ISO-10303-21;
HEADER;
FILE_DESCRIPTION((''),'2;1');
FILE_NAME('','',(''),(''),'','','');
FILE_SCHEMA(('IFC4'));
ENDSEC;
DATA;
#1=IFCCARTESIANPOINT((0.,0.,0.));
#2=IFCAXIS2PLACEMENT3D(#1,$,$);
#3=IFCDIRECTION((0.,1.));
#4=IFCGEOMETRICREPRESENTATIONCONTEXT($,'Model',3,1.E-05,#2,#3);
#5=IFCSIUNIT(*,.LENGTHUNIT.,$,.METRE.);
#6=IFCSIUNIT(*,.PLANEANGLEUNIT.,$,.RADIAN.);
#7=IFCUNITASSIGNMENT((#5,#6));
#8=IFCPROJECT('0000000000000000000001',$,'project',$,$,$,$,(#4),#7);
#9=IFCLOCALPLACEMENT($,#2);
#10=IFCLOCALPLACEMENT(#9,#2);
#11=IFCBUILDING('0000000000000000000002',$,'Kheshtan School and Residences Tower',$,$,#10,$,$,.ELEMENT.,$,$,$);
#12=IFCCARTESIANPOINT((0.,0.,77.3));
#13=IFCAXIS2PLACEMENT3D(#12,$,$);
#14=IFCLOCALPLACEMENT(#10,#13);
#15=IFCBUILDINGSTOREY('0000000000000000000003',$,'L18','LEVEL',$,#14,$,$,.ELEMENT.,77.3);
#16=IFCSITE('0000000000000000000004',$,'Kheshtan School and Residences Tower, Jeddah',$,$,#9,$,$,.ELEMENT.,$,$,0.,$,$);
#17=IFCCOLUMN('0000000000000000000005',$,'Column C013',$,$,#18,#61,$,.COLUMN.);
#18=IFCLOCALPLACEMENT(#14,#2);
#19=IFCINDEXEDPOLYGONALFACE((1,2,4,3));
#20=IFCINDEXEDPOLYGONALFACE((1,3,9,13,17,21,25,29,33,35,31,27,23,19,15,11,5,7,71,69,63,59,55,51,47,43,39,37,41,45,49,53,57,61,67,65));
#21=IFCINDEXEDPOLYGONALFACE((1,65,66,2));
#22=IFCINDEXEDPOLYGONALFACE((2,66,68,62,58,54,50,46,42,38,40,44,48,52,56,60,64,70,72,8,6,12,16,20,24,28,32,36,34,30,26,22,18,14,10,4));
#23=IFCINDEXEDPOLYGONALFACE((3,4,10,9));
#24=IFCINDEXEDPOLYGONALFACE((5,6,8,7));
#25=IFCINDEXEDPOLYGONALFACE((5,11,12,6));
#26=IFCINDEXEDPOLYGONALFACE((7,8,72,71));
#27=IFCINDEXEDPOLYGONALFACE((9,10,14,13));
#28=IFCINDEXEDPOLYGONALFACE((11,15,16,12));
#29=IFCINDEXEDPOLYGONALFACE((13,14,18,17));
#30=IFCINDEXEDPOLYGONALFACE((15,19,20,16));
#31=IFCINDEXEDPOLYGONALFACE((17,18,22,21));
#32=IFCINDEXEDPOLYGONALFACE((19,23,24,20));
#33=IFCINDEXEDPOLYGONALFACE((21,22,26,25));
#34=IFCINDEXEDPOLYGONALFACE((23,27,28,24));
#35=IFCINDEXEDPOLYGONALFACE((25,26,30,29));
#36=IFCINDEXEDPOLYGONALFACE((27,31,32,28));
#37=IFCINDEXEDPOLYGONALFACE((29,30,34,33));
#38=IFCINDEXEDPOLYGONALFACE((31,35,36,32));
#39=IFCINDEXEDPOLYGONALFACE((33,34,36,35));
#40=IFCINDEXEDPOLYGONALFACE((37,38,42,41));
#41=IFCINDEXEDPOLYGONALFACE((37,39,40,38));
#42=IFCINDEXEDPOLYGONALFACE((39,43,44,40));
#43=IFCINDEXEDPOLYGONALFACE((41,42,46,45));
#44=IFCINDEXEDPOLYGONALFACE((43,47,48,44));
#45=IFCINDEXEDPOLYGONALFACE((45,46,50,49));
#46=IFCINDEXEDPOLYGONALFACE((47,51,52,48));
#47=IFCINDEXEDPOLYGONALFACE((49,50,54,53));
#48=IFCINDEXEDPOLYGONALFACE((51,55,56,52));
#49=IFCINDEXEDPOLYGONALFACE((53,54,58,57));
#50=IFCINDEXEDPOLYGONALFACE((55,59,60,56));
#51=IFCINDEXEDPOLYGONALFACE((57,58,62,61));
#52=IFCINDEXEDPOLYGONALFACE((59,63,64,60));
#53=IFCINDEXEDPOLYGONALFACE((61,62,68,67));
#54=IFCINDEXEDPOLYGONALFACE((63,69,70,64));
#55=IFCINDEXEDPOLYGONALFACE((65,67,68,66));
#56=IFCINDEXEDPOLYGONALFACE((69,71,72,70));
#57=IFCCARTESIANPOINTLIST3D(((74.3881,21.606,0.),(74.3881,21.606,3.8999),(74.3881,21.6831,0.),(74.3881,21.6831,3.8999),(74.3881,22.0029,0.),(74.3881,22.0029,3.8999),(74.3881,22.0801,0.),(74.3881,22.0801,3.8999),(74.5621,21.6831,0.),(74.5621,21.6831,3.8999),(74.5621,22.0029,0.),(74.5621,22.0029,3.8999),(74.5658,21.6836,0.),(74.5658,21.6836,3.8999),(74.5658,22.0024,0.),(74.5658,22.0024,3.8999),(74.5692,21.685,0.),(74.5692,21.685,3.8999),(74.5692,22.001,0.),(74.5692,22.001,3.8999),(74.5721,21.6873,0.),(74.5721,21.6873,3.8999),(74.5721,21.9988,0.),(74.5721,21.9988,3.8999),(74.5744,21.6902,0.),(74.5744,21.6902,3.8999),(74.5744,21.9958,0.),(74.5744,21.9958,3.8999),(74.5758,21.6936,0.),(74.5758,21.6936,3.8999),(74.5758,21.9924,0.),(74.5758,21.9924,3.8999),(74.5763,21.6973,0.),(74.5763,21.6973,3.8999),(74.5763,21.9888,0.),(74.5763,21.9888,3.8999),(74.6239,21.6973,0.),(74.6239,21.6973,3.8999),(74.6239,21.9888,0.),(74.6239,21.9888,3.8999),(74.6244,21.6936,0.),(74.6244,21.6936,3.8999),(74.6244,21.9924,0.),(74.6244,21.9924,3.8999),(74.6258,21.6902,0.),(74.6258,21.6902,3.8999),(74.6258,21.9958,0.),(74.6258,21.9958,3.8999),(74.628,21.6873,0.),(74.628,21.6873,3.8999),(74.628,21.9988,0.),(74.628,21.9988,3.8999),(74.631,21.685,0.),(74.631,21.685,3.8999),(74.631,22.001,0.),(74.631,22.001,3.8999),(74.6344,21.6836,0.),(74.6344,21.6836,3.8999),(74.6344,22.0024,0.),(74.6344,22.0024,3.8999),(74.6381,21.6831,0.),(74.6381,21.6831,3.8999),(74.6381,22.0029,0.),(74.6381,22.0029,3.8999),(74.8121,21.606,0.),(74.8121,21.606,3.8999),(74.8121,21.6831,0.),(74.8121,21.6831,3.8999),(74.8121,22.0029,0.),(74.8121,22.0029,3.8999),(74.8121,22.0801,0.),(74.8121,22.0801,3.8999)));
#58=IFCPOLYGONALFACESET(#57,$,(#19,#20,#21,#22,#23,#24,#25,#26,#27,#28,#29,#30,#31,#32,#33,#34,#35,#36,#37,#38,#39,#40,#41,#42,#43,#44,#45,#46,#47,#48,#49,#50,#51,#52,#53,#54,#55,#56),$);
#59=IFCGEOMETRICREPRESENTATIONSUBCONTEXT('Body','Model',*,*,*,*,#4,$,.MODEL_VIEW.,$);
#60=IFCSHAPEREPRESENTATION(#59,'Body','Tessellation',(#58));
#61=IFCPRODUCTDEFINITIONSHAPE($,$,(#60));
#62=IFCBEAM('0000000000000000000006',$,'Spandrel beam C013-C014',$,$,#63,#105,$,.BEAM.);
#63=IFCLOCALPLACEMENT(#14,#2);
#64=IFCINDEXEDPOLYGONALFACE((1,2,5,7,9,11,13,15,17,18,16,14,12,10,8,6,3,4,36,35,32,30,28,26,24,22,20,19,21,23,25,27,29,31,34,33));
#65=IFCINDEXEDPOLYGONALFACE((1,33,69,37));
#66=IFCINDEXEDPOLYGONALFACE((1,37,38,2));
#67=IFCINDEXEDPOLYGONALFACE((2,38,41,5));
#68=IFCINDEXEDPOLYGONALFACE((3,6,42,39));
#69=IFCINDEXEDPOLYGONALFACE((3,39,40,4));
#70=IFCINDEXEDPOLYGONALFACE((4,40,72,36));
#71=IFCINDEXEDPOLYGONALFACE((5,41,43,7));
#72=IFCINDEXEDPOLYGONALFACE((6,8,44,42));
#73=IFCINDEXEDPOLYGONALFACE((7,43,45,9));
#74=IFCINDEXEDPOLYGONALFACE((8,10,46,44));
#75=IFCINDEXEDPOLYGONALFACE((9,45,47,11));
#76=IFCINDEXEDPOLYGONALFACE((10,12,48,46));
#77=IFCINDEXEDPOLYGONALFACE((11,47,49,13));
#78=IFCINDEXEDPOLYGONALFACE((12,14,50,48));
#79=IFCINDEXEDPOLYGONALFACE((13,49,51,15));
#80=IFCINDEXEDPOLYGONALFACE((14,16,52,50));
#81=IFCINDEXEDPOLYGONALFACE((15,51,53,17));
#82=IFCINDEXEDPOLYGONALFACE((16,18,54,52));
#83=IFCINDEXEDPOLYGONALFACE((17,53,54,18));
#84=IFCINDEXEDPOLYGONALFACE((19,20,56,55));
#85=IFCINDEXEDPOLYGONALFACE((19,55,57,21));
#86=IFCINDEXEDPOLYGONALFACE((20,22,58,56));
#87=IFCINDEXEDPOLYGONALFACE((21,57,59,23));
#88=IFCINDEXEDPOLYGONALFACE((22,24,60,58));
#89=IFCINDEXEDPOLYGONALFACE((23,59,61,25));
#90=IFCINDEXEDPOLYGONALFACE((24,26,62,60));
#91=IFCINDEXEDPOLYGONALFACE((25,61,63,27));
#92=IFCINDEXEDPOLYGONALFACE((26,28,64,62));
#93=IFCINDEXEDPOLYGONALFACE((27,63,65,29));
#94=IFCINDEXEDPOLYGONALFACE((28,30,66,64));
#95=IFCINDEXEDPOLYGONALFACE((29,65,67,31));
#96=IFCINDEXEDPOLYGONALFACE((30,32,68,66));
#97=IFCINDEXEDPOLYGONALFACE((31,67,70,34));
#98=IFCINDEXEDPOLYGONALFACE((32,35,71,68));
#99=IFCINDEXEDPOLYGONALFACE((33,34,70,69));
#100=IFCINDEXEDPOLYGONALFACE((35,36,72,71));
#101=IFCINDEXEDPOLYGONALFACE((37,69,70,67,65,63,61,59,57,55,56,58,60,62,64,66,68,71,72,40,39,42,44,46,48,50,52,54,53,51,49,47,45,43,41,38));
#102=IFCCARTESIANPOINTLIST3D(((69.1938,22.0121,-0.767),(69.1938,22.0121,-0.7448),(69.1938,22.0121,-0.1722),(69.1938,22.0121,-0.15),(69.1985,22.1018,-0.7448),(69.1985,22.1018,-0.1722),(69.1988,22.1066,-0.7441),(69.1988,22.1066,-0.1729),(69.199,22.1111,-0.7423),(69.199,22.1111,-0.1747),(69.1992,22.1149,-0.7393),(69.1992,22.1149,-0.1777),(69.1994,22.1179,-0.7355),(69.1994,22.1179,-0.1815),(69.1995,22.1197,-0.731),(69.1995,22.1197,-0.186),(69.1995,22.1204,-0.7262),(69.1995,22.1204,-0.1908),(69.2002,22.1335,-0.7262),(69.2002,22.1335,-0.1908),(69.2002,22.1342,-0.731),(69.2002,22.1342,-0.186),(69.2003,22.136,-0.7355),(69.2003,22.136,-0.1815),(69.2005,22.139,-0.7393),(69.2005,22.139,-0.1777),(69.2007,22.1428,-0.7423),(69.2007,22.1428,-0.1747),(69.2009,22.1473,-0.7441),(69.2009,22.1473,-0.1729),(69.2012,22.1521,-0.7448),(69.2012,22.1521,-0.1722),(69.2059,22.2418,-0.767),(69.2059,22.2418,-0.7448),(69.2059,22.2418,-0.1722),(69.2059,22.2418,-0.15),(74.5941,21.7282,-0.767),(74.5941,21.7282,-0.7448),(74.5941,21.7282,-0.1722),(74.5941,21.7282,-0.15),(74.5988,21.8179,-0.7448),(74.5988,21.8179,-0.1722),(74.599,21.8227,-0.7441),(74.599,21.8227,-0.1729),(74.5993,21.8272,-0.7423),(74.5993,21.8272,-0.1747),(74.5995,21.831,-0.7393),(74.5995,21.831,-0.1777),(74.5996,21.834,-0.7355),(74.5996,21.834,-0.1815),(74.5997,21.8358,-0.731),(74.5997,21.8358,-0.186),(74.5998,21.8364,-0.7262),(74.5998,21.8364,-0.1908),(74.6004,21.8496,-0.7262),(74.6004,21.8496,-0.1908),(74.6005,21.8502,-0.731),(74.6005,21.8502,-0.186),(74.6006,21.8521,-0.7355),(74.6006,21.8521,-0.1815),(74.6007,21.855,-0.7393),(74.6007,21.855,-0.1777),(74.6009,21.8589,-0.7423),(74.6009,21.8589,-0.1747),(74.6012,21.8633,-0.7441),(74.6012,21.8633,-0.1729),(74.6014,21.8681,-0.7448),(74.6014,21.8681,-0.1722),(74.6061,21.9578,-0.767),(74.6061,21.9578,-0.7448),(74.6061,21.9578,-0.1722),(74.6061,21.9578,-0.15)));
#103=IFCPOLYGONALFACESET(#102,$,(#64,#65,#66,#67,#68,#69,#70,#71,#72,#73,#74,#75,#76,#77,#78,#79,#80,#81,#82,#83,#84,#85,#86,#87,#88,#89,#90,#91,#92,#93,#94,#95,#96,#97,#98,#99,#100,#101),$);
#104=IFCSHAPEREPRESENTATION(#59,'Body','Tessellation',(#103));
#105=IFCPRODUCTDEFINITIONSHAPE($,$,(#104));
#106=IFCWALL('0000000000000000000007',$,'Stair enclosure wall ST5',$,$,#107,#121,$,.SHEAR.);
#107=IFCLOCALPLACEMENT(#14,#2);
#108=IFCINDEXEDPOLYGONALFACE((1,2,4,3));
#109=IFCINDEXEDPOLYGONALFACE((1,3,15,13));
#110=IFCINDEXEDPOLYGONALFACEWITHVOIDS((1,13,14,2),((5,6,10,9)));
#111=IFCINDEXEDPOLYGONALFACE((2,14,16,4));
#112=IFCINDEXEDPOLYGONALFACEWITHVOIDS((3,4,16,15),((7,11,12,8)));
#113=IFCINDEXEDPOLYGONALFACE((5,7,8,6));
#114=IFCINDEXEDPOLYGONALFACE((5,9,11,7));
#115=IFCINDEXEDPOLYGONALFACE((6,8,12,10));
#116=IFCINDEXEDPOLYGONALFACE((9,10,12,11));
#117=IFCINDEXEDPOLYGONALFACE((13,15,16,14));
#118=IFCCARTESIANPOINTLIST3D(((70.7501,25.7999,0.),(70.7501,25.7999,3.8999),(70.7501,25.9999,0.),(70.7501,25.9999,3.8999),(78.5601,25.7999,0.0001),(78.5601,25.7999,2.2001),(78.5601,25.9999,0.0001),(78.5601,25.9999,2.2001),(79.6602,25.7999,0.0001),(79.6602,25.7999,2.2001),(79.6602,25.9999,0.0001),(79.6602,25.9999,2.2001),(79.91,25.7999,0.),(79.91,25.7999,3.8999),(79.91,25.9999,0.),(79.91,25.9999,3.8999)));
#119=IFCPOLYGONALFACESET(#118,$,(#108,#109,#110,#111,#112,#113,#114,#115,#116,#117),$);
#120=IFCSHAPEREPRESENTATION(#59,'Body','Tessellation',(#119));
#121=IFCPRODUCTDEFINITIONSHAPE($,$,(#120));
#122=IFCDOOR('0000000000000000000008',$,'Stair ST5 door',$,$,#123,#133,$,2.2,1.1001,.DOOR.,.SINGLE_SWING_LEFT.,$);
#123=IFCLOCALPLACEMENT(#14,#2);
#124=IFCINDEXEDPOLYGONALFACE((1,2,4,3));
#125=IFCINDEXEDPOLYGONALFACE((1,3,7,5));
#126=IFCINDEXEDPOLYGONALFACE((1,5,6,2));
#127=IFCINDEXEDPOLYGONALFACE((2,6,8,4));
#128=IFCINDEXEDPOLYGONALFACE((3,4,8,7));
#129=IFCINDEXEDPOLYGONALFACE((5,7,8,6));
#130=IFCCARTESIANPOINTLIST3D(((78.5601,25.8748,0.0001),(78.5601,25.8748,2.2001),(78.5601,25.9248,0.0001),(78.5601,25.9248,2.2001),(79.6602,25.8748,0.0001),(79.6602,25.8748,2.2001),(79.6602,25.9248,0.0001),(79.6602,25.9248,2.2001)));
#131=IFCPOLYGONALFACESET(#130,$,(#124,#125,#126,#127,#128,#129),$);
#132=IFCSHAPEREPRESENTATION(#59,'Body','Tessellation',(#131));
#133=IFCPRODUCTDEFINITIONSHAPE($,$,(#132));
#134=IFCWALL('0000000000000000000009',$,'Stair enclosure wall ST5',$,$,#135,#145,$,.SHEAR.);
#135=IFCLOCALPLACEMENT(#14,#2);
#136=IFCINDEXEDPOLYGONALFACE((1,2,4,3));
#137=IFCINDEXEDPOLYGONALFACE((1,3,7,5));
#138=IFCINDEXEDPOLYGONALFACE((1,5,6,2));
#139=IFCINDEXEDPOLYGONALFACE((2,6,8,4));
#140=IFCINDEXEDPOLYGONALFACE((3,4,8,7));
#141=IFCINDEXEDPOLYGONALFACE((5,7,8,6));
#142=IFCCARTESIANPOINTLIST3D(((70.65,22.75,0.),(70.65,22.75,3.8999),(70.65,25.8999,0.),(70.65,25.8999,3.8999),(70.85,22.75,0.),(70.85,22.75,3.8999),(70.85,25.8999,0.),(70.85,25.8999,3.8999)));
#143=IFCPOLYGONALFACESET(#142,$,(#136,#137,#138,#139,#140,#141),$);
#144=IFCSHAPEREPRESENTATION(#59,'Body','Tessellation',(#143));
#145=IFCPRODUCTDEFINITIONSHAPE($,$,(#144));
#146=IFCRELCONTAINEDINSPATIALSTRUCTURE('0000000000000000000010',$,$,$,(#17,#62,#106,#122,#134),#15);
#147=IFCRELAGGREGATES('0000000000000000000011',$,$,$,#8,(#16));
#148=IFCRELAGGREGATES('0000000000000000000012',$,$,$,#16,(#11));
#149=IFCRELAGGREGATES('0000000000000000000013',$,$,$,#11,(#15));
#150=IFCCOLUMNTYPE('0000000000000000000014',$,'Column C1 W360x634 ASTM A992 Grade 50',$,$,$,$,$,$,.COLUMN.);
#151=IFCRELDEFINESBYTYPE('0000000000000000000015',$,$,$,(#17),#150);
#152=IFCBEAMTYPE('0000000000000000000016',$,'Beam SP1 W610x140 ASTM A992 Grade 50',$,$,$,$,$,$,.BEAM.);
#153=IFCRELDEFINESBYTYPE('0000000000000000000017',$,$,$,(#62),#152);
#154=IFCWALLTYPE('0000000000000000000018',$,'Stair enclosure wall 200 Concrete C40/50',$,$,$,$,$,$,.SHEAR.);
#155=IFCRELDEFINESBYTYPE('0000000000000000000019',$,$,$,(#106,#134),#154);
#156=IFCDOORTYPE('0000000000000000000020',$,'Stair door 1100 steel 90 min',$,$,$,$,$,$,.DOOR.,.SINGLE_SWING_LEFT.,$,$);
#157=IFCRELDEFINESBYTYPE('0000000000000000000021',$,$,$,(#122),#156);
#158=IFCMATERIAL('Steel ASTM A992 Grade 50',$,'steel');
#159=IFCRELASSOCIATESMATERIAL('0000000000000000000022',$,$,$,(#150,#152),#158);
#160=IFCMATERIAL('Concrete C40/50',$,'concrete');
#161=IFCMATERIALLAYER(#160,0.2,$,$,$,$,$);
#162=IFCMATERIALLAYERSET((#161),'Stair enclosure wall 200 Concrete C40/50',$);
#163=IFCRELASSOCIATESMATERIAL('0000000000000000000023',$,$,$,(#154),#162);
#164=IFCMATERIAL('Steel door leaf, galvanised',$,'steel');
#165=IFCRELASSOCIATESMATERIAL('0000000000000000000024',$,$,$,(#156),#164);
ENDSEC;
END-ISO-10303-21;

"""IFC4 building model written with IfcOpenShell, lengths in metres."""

from ifc_helpers import new_model, si_unit, direction, frame, frame_2d, origin, origin_2d, place, context, subcontext, project, spatial, rectangle, i_section, extrude, source, transform, mapped, material, layer, layer_set, material_profile, profile_set, type_object, element, fill, save


model = new_model("IFC4")

# Units and contexts
model_context = context("Model", 3, precision=1e-05, world=origin(), true_north=direction((0.0, 1.0)))
body_context = subcontext(model_context, "Body", "Model", "MODEL_VIEW")
ifc_project = project(units=[si_unit("LENGTHUNIT", "METRE"), si_unit("PLANEANGLEUNIT", "RADIAN")], contexts=[model_context])

# Site, building, storey
site_placement = place(None, origin())
site = spatial("IfcSite", under=ifc_project, at=site_placement, Name="Kheshtan School and Residences Tower, Jeddah", CompositionType="ELEMENT", RefElevation=0.0)
building_placement = place(site_placement, origin())
building = spatial("IfcBuilding", under=site, at=building_placement, Name="Kheshtan School and Residences Tower", CompositionType="ELEMENT")
storey_placement = place(building_placement, frame((0.0, 0.0, 77.3)))
storey = spatial("IfcBuildingStorey", under=building, at=storey_placement, Name="L18", Description="LEVEL", CompositionType="ELEMENT", Elevation=77.3)

# Column
ifc_material_1 = material(Name="Steel ASTM A992 Grade 50", Category="steel")
ifc_material_profile_1 = material_profile(ifc_material_1, i_section(OverallWidth=0.4241, OverallDepth=0.4741, WebThickness=0.0476, FlangeThickness=0.0771, FilletRadius=0.0142, at=origin_2d()), Name="W360x634")
ifc_profile_set_1 = profile_set([ifc_material_profile_1], Name="Steel ASTM A992 Grade 50")
column_type = type_object("IfcColumnType", Name="Column C1 W360x634 ASTM A992 Grade 50", PredefinedType="COLUMN", material=ifc_profile_set_1)
column_placement = place(storey_placement, frame((74.6001, 21.843, 0.0), z_axis=(0.0, 0.0, 1.0), x_axis=(1.0, 0.0, 0.0)))
element("IfcColumn", 1, at=column_placement, inside=storey, type_object=column_type, Name="Column C013", PredefinedType="COLUMN", context=body_context, shape_type="SweptSolid", body=[
    extrude(i_section(OverallWidth=0.4241, OverallDepth=0.4741, WebThickness=0.0476, FlangeThickness=0.0771, FilletRadius=0.0142, at=origin_2d()), origin(), (0.0, 0.0, 1.0), 3.8999),
])

# Beam
ifc_material_profile_2 = material_profile(ifc_material_1, i_section(OverallWidth=0.23, OverallDepth=0.6169, WebThickness=0.0132, FlangeThickness=0.0222, FilletRadius=0.0186, at=origin_2d()), Name="W610x140")
ifc_profile_set_2 = profile_set([ifc_material_profile_2], Name="Steel ASTM A992 Grade 50")
beam_type = type_object("IfcBeamType", Name="Beam SP1 W610x140 ASTM A992 Grade 50", PredefinedType="BEAM", material=ifc_profile_set_2)
beam_placement = place(storey_placement, frame((74.6001, 21.843, -0.4585), z_axis=(-0.998621, 0.052507, 0.0), x_axis=(-0.052507, -0.998621, 0.0)))
element("IfcBeam", 2, at=beam_placement, inside=storey, type_object=beam_type, Name="Spandrel beam C013-C014", PredefinedType="BEAM", context=body_context, shape_type="SweptSolid", body=[
    extrude(i_section(OverallWidth=0.23, OverallDepth=0.6169, WebThickness=0.0132, FlangeThickness=0.0222, FilletRadius=0.0186, at=origin_2d()), origin(), (0.0, 0.0, 1.0), 5.4077),
])

# Wall, opening, door
ifc_material_2 = material(Name="Concrete C40/50", Category="concrete")
ifc_layer_1 = layer(ifc_material_2, 0.2)
ifc_layer_set_1 = layer_set([ifc_layer_1], Name="Stair enclosure wall 200 Concrete C40/50")
wall_type_1 = type_object("IfcWallType", Name="Stair enclosure wall 200 Concrete C40/50", PredefinedType="SHEAR", material=ifc_layer_set_1)
wall_1_placement = place(storey_placement, frame((70.75, 25.8999, 0.0), z_axis=(0.0, 0.0, 1.0), x_axis=(1.0, 0.0, 0.0)))
wall_1 = element("IfcWall", 3, at=wall_1_placement, inside=storey, type_object=wall_type_1, Name="Stair enclosure wall ST5", PredefinedType="SHEAR", context=body_context, shape_type="SweptSolid", body=[
    extrude(rectangle(XDim=9.1599, YDim=0.2, at=frame_2d((4.5801, 0.0))), origin(), (0.0, 0.0, 1.0), 3.8999),
])
opening_1_placement = place(wall_1_placement, frame((7.8101, 0.0, 0.0)))
opening_1 = element("IfcOpeningElement", 4, at=opening_1_placement, cuts=wall_1, PredefinedType="OPENING", context=body_context, shape_type="SweptSolid", body=[
    extrude(rectangle(XDim=1.1001, YDim=2.2, at=frame_2d((0.55, 1.1001))), frame((0.0, 0.1099, 0.0), z_axis=(0.0, -1.0, 0.0), x_axis=(1.0, 0.0, 0.0)), (0.0, 0.0, 1.0), 0.22),
])
ifc_material_3 = material(Name="Steel door leaf, galvanised", Category="steel")
door_type_1 = type_object("IfcDoorType", Name="Stair door 1100 steel 90 min", OperationType="SINGLE_SWING_LEFT", PredefinedType="DOOR", material=ifc_material_3)
shared_shape_1 = source(origin(), body_context, "Body", "SweptSolid", [
    extrude(rectangle(XDim=1.1001, YDim=2.2, at=frame_2d((0.55, 1.1001))), frame((0.0, 0.0249, 0.0), z_axis=(0.0, -1.0, 0.0), x_axis=(1.0, 0.0, 0.0)), (0.0, 0.0, 1.0), 0.05),
])
door_1_placement = place(opening_1_placement, origin())
door_1 = element("IfcDoor", 5, at=door_1_placement, inside=storey, type_object=door_type_1, Name="Stair ST5 door", OperationType="SINGLE_SWING_LEFT", OverallHeight=2.2, OverallWidth=1.1001, PredefinedType="DOOR", context=body_context, shape_type="MappedRepresentation", body=[
    mapped(shared_shape_1, transform((0.0, 0.0, 0.0), x_axis=(1.0, 0.0, 0.0), y_axis=(0.0, 1.0, 0.0), z_axis=(0.0, 0.0, 1.0), scale=1.0)),
])
fill(opening_1, door_1)

# Wall
wall_2_placement = place(storey_placement, frame((70.75, 22.75, 0.0), z_axis=(0.0, 0.0, 1.0), x_axis=(0.0, 1.0, 0.0)))
element("IfcWall", 6, at=wall_2_placement, inside=storey, type_object=wall_type_1, Name="Stair enclosure wall ST5", PredefinedType="SHEAR", context=body_context, shape_type="SweptSolid", body=[
    extrude(rectangle(XDim=3.1499, YDim=0.2, at=frame_2d((1.575, 0.0))), origin(), (0.0, 0.0, 1.0), 3.8999),
])

save(model, "model.ifc")
